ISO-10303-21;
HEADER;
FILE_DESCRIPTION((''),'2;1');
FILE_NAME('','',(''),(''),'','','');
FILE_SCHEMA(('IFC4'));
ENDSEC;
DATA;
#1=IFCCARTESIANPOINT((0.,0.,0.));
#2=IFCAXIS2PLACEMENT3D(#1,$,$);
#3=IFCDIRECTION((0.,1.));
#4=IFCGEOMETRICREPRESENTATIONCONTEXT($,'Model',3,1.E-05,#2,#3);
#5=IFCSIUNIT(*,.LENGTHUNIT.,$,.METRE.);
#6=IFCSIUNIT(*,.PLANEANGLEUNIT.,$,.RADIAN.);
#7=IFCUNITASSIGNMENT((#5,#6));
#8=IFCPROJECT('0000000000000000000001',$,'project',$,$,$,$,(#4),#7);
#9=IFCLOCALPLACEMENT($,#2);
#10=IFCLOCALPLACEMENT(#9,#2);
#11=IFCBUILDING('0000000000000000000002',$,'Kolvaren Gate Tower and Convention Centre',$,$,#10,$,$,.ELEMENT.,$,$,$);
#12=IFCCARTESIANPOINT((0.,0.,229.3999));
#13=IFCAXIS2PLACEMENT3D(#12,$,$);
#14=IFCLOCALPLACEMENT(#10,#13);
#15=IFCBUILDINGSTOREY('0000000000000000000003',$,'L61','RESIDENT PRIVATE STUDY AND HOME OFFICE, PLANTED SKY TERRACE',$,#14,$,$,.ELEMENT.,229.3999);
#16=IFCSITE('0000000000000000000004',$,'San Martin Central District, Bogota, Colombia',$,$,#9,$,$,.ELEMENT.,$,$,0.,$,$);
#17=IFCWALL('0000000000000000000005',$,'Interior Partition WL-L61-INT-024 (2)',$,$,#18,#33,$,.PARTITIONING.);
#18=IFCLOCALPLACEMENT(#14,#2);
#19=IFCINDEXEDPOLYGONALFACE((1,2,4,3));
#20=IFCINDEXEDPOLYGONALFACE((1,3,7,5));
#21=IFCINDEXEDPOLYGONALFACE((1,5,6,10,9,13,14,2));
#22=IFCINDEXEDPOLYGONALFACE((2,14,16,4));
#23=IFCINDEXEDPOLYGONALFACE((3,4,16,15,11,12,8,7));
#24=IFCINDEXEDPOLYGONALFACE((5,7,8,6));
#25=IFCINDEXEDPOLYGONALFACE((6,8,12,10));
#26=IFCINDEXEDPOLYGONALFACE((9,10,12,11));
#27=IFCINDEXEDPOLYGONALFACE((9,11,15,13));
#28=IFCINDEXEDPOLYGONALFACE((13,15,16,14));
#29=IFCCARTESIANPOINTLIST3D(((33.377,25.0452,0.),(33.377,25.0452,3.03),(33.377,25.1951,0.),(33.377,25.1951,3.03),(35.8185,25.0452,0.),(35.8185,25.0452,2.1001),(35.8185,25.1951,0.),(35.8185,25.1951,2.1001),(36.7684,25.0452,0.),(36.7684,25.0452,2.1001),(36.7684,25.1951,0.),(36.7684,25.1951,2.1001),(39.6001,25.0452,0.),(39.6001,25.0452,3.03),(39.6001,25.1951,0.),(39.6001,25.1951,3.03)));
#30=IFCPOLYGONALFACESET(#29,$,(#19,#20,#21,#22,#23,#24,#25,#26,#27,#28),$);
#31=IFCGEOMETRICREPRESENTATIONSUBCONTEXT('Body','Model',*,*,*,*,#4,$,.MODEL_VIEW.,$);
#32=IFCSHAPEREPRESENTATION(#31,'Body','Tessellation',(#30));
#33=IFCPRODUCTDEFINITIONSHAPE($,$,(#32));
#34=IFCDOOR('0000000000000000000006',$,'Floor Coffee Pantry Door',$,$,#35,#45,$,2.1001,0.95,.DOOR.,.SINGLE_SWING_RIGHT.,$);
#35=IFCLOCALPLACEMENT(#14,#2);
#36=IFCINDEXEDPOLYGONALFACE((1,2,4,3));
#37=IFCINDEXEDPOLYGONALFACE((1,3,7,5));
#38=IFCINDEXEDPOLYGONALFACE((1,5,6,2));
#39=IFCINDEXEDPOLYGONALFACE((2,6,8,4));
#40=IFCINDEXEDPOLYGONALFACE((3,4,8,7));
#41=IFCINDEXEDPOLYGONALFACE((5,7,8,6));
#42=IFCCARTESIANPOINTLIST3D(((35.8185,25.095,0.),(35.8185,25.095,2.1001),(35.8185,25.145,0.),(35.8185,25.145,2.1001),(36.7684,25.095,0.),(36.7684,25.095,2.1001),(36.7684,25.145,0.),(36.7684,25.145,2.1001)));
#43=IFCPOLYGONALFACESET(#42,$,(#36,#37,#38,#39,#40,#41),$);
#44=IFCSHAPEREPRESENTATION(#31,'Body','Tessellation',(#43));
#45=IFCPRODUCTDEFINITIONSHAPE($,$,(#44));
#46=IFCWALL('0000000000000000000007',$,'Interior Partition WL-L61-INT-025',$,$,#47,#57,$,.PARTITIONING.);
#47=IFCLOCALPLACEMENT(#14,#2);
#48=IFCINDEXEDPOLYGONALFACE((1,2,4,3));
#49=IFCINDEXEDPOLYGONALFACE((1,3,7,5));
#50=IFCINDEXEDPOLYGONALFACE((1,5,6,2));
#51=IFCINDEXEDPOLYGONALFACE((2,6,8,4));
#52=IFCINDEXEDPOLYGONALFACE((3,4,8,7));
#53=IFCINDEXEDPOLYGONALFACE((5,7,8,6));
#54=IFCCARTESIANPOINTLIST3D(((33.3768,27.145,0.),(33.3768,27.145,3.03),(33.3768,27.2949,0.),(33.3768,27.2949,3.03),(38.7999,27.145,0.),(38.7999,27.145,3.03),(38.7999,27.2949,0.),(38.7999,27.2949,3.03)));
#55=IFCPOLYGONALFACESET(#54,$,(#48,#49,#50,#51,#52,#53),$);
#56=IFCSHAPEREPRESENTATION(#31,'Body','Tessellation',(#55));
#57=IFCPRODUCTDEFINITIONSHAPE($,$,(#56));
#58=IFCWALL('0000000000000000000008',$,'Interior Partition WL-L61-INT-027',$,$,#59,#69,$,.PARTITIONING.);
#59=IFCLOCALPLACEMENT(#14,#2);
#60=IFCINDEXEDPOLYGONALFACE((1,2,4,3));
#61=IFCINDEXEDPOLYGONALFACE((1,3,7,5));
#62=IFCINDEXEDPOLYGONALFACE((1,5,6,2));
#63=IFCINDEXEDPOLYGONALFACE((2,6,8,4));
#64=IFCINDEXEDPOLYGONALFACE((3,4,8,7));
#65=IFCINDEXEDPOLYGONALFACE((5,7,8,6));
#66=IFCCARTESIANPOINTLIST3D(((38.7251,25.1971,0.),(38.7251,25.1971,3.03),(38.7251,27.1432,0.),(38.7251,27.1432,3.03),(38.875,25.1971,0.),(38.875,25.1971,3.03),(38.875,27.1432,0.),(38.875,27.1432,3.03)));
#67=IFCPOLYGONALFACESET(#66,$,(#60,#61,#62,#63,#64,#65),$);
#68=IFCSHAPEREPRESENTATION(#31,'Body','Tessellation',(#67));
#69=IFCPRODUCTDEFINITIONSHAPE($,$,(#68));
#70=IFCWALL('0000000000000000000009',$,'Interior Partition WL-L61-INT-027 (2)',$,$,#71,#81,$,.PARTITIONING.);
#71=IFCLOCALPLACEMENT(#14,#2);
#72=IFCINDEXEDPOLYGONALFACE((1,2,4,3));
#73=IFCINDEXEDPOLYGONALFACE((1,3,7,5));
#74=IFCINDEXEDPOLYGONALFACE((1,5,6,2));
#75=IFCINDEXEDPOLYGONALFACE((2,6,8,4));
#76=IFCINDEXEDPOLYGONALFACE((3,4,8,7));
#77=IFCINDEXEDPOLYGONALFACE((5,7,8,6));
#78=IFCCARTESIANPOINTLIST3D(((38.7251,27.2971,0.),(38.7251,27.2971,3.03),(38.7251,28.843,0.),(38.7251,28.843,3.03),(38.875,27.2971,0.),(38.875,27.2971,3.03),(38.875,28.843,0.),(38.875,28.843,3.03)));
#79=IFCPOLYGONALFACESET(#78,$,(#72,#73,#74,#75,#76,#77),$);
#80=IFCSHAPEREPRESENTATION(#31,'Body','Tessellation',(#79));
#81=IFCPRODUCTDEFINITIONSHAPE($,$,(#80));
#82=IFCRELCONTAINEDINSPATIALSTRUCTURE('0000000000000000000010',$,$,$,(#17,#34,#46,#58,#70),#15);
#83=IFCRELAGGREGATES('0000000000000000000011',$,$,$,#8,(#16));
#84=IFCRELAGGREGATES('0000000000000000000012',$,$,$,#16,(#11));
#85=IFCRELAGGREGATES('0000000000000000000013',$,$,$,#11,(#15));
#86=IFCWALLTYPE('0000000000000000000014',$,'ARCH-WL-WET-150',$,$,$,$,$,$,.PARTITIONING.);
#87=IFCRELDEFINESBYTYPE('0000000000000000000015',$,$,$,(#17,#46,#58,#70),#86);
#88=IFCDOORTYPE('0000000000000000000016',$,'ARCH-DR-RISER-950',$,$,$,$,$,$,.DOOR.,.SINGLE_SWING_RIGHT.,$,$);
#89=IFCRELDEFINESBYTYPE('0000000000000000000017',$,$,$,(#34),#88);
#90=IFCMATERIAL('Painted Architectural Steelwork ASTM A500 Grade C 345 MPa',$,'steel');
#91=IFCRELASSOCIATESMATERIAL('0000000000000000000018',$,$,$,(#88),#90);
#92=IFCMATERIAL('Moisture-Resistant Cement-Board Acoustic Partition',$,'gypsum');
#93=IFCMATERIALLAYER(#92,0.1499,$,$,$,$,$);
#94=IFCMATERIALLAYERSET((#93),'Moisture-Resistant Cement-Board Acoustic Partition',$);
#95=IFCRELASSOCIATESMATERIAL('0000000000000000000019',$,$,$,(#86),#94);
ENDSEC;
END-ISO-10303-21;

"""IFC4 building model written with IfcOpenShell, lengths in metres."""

from ifc_helpers import new_model, si_unit, direction, frame, frame_2d, origin, place, context, subcontext, project, spatial, rectangle, extrude, material, layer, layer_set, type_object, element, fill, save


model = new_model("IFC4")

# Units and contexts
model_context = context("Model", 3, precision=1e-05, world=origin(), true_north=direction((0.0, 1.0)))
body_context = subcontext(model_context, "Body", "Model", "MODEL_VIEW")
ifc_project = project(units=[si_unit("LENGTHUNIT", "METRE"), si_unit("PLANEANGLEUNIT", "RADIAN")], contexts=[model_context])

# Site, building, storey
site_placement = place(None, origin())
site = spatial("IfcSite", under=ifc_project, at=site_placement, Name="San Martin Central District, Bogota, Colombia", CompositionType="ELEMENT", RefElevation=0.0)
building_placement = place(site_placement, origin())
building = spatial("IfcBuilding", under=site, at=building_placement, Name="Kolvaren Gate Tower and Convention Centre", CompositionType="ELEMENT")
storey_placement = place(building_placement, frame((0.0, 0.0, 229.3999)))
storey = spatial("IfcBuildingStorey", under=building, at=storey_placement, Name="L61", Description="RESIDENT PRIVATE STUDY AND HOME OFFICE, PLANTED SKY TERRACE", CompositionType="ELEMENT", Elevation=229.3999)

# Shared definitions
ifc_material_1 = material(Name="Painted Architectural Steelwork ASTM A500 Grade C 345 MPa", Category="steel")
door_type_1 = type_object("IfcDoorType", Name="ARCH-DR-RISER-950", OperationType="SINGLE_SWING_RIGHT", PredefinedType="DOOR", material=ifc_material_1)

# Shared definitions
ifc_material_2 = material(Name="Moisture-Resistant Cement-Board Acoustic Partition", Category="gypsum")
ifc_layer_1 = layer(ifc_material_2, 0.1499)
ifc_layer_set_1 = layer_set([ifc_layer_1], Name="Moisture-Resistant Cement-Board Acoustic Partition")
wall_type_1 = type_object("IfcWallType", Name="ARCH-WL-WET-150", PredefinedType="PARTITIONING", material=ifc_layer_set_1)

# Wall, opening, door
wall_1_placement = place(storey_placement, frame((33.377, 25.1201, 0.0), z_axis=(0.0, 0.0, 1.0), x_axis=(1.0, 0.0, 0.0)))
wall_1 = element("IfcWall", 1, at=wall_1_placement, inside=storey, type_object=wall_type_1, Name="Interior Partition WL-L61-INT-024 (2)", PredefinedType="PARTITIONING", context=body_context, shape_type="SweptSolid", body=[
    extrude(rectangle(XDim=6.2231, YDim=0.1499, at=frame_2d((3.1116, 0.0))), origin(), (0.0, 0.0, 1.0), 3.03),
])
opening_1_placement = place(wall_1_placement, frame((2.4414, 0.0, 0.0)))
opening_1 = element("IfcOpeningElement", 2, at=opening_1_placement, cuts=wall_1, PredefinedType="OPENING", context=body_context, shape_type="SweptSolid", body=[
    extrude(rectangle(XDim=0.95, YDim=2.1001, at=frame_2d((0.4751, 1.05))), frame((0.0, 0.085, 0.0), z_axis=(0.0, -1.0, 0.0), x_axis=(1.0, 0.0, 0.0)), (0.0, 0.0, 1.0), 0.1699),
])
door_1_placement = place(opening_1_placement, origin())
door_1 = element("IfcDoor", 3, at=door_1_placement, inside=storey, type_object=door_type_1, Name="Floor Coffee Pantry Door", OperationType="SINGLE_SWING_RIGHT", OverallHeight=2.1001, OverallWidth=0.95, PredefinedType="DOOR", context=body_context, shape_type="SweptSolid", body=[
    extrude(rectangle(XDim=0.95, YDim=2.1001, at=frame_2d((0.4751, 1.05))), frame((0.0, 0.0249, 0.0), z_axis=(0.0, -1.0, 0.0), x_axis=(1.0, 0.0, 0.0)), (0.0, 0.0, 1.0), 0.05),
])
fill(opening_1, door_1)

# Walls
wall_2_placement = place(storey_placement, frame((33.377, 27.22, 0.0), z_axis=(0.0, 0.0, 1.0), x_axis=(1.0, 0.0, 0.0)))
element("IfcWall", 4, at=wall_2_placement, inside=storey, type_object=wall_type_1, Name="Interior Partition WL-L61-INT-025", PredefinedType="PARTITIONING", context=body_context, shape_type="SweptSolid", body=[
    extrude(rectangle(XDim=5.4231, YDim=0.1499, at=frame_2d((2.7114, 0.0))), origin(), (0.0, 0.0, 1.0), 3.03),
])
wall_3_placement = place(storey_placement, frame((38.8, 25.197, 0.0), z_axis=(0.0, 0.0, 1.0), x_axis=(0.0, 1.0, 0.0)))
element("IfcWall", 5, at=wall_3_placement, inside=storey, type_object=wall_type_1, Name="Interior Partition WL-L61-INT-027", PredefinedType="PARTITIONING", context=body_context, shape_type="SweptSolid", body=[
    extrude(rectangle(XDim=1.946, YDim=0.1499, at=frame_2d((0.9731, 0.0))), origin(), (0.0, 0.0, 1.0), 3.03),
])
wall_4_placement = place(storey_placement, frame((38.8, 27.2971, 0.0), z_axis=(0.0, 0.0, 1.0), x_axis=(0.0, 1.0, 0.0)))
element("IfcWall", 6, at=wall_4_placement, inside=storey, type_object=wall_type_1, Name="Interior Partition WL-L61-INT-027 (2)", PredefinedType="PARTITIONING", context=body_context, shape_type="SweptSolid", body=[
    extrude(rectangle(XDim=1.5459, YDim=0.1499, at=frame_2d((0.7729, 0.0))), origin(), (0.0, 0.0, 1.0), 3.03),
])

save(model, "model.ifc")
